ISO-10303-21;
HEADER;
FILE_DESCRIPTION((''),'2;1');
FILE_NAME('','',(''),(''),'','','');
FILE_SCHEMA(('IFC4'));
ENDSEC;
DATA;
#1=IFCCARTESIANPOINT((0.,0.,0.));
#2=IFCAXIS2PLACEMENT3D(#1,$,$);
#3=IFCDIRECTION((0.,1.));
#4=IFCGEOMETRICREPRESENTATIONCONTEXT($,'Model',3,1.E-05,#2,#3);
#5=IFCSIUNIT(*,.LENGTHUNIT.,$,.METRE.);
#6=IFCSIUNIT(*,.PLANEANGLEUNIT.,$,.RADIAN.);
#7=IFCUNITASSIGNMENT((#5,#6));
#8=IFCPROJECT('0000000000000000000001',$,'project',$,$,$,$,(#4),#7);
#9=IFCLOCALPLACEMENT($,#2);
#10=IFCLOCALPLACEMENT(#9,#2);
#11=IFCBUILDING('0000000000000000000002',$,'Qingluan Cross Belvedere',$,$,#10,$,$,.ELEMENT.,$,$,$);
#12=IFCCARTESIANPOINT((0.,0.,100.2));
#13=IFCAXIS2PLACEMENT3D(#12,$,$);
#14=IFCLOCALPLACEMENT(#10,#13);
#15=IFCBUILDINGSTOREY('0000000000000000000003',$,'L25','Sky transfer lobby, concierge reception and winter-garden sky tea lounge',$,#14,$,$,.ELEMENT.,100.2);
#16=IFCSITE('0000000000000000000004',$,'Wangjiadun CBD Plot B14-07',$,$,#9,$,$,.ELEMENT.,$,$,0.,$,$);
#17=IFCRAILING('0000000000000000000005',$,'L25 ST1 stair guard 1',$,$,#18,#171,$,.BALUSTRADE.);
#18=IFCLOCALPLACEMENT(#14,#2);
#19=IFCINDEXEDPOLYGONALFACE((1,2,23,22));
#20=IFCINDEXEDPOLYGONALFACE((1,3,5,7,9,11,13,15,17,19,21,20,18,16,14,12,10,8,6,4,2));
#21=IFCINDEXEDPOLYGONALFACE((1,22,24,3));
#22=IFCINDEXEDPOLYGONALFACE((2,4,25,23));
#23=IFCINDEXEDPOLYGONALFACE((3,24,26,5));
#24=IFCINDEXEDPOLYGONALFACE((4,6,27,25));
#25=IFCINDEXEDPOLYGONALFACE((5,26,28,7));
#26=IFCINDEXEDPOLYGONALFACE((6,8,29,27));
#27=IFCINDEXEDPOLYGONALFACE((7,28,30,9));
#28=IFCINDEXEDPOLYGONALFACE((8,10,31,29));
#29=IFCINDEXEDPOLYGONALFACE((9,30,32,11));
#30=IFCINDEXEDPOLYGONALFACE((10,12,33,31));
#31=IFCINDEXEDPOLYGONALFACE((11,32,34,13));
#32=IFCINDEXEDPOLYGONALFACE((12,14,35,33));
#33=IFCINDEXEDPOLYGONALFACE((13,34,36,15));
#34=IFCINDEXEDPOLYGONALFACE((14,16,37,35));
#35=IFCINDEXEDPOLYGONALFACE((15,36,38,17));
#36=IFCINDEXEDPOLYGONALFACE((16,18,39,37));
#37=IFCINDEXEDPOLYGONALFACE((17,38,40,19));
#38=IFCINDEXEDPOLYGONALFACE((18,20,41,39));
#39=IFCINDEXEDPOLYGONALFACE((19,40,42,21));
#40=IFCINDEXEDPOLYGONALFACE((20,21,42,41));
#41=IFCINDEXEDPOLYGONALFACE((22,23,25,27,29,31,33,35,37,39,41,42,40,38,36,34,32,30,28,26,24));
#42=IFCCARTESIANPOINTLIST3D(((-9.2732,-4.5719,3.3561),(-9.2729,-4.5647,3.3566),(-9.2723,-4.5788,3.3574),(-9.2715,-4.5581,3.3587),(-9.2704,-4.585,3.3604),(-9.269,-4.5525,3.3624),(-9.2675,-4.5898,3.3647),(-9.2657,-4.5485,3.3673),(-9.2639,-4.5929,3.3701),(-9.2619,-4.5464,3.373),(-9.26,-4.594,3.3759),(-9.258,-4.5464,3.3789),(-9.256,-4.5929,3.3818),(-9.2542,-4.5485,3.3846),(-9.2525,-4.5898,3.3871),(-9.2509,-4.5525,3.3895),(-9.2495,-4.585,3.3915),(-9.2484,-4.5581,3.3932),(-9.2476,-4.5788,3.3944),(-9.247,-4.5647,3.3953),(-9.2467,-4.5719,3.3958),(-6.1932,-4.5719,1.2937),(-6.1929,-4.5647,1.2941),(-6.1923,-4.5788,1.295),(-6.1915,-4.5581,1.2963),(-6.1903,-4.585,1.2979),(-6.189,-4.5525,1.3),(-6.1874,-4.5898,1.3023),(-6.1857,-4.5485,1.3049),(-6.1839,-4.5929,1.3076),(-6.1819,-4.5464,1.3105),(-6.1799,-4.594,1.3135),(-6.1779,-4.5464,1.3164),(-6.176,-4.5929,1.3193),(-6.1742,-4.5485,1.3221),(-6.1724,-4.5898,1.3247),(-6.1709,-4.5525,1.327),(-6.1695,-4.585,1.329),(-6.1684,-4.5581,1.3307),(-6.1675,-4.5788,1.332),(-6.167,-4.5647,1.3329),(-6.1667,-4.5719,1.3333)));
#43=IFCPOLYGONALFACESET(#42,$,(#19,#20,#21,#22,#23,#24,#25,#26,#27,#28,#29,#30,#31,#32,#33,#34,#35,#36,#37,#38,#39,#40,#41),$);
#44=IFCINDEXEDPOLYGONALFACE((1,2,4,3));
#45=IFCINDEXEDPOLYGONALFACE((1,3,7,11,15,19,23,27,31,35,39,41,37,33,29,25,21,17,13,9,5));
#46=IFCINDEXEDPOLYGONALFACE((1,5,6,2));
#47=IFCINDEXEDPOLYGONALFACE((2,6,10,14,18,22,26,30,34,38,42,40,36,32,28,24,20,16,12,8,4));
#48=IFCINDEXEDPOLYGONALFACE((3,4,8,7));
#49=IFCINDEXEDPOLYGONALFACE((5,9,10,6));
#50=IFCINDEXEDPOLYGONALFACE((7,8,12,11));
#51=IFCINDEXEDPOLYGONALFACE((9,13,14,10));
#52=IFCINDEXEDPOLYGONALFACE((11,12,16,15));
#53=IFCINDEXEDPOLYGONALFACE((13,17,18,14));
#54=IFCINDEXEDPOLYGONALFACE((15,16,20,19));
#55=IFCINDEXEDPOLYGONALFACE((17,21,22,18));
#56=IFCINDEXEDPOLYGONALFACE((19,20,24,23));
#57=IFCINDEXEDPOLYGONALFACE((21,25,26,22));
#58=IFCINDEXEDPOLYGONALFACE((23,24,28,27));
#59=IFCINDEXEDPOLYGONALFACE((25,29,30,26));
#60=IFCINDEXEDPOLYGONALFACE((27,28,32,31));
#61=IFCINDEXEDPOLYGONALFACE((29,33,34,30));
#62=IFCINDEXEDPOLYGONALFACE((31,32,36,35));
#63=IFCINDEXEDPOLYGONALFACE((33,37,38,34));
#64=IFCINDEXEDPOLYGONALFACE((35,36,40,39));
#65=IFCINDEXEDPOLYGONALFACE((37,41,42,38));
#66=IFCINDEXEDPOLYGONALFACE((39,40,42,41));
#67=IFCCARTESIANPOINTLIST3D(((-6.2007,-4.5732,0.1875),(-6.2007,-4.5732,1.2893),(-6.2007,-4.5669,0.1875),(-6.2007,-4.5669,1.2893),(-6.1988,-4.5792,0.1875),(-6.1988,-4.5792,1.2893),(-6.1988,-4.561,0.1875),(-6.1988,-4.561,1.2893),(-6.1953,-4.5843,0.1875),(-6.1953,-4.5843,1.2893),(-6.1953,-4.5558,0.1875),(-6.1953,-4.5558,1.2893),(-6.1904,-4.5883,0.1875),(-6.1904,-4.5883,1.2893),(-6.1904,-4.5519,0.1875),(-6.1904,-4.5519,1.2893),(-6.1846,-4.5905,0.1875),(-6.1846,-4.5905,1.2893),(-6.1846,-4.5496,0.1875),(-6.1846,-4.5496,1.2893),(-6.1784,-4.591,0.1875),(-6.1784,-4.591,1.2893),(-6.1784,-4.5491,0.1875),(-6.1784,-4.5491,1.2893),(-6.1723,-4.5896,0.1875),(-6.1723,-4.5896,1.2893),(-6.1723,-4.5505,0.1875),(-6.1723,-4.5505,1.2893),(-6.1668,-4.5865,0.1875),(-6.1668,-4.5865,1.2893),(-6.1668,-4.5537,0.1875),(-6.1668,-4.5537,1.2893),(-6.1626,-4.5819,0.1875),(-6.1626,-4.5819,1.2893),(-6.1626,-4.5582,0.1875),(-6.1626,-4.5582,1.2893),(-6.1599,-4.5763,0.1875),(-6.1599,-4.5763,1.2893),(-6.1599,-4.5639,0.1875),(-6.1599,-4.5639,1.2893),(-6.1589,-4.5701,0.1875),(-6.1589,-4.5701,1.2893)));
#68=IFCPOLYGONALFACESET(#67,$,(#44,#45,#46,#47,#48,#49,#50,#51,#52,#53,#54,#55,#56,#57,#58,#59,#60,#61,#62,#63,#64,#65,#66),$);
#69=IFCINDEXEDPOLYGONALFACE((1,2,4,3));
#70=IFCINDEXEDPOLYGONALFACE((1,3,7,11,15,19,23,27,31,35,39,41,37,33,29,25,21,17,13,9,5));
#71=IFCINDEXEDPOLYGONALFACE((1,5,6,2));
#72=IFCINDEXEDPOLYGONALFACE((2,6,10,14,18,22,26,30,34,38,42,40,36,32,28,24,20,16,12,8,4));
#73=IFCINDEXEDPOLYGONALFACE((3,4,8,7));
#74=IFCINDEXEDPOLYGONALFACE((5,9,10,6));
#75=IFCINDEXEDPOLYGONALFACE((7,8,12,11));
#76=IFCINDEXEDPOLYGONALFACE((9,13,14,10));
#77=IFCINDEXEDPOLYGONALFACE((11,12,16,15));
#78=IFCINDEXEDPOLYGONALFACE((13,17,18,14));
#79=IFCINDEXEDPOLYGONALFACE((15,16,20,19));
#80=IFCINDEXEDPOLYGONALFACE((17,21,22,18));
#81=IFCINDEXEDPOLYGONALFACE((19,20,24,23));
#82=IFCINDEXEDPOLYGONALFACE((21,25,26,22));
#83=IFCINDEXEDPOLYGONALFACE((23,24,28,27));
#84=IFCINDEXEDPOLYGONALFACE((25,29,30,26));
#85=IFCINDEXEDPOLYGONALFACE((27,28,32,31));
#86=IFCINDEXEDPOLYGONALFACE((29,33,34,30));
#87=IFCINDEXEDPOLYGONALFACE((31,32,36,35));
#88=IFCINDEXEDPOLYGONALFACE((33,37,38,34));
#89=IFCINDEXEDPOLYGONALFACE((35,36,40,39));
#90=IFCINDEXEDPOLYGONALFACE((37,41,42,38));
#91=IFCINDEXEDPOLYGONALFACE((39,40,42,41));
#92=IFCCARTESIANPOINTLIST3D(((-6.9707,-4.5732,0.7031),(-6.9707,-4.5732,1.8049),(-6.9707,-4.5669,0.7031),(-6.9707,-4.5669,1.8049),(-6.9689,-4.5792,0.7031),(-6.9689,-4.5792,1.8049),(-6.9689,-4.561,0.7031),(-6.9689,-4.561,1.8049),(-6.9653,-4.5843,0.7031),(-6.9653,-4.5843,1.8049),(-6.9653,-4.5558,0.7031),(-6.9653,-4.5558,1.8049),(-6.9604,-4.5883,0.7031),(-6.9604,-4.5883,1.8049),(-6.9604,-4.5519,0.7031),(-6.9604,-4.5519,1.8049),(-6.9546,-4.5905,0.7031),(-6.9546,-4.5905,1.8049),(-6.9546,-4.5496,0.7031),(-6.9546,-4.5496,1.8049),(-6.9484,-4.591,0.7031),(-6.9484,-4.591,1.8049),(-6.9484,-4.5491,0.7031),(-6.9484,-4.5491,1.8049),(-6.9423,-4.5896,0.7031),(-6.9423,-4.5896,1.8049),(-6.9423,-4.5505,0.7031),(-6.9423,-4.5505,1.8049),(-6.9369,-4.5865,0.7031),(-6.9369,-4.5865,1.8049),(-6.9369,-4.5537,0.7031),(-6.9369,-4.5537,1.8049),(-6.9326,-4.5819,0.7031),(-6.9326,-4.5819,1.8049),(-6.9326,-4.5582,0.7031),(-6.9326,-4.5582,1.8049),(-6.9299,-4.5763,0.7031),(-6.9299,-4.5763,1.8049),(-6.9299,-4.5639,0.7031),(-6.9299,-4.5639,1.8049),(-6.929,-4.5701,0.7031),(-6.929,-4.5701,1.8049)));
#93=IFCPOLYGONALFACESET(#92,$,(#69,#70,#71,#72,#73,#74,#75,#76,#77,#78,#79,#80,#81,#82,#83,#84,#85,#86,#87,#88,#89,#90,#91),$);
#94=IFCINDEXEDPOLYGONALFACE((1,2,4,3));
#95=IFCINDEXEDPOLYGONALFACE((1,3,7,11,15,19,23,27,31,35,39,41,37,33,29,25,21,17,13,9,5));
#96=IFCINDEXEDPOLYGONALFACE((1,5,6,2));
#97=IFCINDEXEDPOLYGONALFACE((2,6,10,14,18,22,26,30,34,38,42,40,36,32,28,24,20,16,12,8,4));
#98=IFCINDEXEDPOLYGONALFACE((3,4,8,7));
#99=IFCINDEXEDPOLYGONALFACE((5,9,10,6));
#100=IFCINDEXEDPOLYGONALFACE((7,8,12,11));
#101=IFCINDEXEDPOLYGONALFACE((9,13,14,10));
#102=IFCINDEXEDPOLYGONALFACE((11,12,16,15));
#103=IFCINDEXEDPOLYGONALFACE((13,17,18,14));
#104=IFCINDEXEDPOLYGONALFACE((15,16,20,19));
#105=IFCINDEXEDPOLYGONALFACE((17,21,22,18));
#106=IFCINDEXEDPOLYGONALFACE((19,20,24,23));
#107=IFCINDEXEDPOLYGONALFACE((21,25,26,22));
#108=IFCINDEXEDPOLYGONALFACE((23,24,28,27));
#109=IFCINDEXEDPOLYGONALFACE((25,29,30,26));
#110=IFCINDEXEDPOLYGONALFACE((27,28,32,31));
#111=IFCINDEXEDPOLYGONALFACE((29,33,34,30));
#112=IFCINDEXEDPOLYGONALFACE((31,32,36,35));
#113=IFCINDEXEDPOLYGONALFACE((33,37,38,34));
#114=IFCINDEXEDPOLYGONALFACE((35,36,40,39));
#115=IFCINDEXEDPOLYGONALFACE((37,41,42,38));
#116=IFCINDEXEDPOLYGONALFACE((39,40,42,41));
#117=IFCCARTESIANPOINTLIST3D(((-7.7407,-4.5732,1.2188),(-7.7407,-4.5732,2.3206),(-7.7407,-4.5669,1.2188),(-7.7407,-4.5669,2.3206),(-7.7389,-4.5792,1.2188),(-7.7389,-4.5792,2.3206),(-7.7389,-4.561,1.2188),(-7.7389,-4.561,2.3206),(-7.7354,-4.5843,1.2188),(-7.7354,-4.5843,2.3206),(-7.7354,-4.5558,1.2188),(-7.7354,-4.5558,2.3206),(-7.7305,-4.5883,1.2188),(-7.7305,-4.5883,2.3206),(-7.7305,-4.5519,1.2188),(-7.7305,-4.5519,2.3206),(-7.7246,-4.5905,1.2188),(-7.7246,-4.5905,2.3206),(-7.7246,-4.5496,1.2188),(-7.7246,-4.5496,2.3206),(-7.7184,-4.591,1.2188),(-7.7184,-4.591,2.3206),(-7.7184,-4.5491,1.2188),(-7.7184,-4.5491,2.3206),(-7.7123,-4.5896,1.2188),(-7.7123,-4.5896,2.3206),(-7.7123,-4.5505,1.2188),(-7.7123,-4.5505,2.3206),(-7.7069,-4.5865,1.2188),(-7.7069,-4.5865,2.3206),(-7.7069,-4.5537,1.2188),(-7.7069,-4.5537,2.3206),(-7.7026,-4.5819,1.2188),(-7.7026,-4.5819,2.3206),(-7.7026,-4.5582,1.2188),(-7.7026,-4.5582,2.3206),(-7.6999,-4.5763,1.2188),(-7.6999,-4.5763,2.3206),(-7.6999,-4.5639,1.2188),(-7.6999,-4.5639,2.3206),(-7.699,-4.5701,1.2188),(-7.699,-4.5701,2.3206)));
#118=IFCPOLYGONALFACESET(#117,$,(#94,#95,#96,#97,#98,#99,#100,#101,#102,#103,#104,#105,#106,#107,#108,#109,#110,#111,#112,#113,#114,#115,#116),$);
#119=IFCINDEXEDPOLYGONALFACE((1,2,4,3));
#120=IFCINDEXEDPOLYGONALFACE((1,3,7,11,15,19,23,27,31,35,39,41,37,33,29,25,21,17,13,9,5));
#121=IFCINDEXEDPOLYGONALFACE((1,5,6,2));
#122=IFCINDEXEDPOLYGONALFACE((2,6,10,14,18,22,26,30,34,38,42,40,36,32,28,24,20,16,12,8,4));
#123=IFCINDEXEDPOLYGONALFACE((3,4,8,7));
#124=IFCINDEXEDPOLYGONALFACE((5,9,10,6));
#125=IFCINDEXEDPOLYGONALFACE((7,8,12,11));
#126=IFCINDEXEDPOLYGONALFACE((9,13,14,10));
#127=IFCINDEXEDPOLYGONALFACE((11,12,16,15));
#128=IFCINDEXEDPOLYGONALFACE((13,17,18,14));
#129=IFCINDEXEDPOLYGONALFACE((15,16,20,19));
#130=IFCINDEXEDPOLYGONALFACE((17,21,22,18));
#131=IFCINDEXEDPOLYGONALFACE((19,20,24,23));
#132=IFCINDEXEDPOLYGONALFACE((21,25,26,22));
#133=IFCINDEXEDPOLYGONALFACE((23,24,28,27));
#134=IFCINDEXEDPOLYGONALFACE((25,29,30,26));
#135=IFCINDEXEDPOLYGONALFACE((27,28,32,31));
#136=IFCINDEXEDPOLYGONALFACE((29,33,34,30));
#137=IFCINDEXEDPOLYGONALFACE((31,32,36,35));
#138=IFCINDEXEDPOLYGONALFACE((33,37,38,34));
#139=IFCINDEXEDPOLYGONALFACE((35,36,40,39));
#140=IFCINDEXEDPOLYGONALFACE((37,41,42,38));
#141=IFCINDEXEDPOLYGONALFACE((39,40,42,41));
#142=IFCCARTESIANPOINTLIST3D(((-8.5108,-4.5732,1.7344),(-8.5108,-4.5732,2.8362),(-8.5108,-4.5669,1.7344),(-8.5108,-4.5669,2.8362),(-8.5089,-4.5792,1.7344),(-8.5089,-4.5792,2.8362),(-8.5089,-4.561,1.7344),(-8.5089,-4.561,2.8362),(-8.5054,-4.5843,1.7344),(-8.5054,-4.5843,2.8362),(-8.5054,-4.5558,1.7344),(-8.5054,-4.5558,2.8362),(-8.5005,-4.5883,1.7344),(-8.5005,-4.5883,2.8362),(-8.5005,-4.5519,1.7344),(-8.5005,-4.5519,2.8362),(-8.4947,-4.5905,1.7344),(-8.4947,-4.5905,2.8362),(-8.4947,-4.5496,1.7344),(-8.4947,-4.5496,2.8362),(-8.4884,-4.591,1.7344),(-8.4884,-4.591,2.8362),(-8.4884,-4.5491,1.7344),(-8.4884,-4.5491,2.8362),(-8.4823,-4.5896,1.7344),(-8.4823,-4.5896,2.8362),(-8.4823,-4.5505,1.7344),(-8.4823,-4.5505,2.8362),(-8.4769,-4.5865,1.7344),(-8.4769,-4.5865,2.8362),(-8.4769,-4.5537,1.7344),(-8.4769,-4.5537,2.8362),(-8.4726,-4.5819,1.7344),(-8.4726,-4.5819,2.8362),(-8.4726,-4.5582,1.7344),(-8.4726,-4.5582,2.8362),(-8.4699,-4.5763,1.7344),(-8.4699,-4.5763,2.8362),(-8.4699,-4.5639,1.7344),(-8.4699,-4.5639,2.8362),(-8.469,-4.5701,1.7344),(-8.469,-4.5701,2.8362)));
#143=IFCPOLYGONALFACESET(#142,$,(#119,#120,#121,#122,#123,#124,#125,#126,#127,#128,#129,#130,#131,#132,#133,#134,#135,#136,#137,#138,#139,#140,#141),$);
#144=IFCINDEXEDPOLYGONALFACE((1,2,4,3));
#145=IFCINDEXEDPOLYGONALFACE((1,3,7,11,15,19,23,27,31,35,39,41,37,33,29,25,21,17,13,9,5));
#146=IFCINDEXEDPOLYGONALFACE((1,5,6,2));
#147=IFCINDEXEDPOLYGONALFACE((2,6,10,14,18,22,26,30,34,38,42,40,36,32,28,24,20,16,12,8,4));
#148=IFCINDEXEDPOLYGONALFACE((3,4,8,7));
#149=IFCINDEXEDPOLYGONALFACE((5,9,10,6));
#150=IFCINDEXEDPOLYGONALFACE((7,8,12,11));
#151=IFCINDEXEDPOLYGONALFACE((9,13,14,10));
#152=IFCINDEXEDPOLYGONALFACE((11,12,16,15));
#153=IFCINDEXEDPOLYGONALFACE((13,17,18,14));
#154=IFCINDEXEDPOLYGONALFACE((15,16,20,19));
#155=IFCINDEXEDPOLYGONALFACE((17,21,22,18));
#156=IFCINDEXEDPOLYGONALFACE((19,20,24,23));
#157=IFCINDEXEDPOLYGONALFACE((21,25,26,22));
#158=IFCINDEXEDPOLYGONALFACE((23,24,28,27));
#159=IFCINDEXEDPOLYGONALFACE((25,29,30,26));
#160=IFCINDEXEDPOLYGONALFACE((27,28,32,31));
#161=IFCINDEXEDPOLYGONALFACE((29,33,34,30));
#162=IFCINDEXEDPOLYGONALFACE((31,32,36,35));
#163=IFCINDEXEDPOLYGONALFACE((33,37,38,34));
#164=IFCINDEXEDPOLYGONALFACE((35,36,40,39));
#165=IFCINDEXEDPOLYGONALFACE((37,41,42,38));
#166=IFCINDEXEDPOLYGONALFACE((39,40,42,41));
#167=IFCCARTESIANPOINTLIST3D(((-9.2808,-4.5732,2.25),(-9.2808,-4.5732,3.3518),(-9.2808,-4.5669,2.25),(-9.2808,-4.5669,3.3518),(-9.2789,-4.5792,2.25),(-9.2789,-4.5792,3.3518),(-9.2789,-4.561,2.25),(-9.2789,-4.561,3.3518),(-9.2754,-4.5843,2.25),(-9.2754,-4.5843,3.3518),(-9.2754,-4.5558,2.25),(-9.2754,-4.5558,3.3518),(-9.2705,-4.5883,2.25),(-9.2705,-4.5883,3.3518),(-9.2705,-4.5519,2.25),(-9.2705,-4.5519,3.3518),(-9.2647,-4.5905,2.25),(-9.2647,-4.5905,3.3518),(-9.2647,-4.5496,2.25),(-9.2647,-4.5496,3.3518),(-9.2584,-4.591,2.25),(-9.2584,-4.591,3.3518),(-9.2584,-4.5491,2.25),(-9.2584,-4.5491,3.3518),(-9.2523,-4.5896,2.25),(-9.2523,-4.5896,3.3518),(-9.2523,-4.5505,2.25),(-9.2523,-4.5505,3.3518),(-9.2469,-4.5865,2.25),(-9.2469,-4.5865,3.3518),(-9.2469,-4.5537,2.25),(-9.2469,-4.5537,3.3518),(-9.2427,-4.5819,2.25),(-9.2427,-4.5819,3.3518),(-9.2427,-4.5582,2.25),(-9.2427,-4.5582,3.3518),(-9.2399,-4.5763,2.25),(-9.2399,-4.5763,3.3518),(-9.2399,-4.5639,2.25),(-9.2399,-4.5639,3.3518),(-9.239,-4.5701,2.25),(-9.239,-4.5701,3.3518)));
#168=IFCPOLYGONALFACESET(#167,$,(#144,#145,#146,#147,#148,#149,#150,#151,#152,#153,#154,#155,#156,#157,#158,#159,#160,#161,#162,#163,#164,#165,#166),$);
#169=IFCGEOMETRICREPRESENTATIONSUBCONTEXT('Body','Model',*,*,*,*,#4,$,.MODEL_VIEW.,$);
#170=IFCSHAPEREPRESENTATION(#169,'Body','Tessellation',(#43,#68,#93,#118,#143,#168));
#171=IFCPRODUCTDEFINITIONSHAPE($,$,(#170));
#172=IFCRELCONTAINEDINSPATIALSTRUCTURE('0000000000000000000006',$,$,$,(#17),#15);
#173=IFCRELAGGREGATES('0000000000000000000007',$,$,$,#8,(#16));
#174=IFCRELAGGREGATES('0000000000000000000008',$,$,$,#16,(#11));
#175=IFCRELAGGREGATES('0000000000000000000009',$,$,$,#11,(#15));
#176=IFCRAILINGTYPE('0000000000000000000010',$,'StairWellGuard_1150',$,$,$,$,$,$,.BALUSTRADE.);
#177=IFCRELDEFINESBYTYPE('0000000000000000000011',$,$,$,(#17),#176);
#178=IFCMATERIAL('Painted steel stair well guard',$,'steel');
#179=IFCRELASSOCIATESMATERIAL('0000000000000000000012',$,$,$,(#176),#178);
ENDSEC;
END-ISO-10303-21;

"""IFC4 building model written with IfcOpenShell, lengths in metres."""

from ifc_helpers import new_model, si_unit, direction, frame, origin, origin_2d, place, context, subcontext, project, spatial, circle, extrude, material, type_object, element, save


model = new_model("IFC4")

# Units and contexts
model_context = context("Model", 3, precision=1e-05, world=origin(), true_north=direction((0.0, 1.0)))
body_context = subcontext(model_context, "Body", "Model", "MODEL_VIEW")
ifc_project = project(units=[si_unit("LENGTHUNIT", "METRE"), si_unit("PLANEANGLEUNIT", "RADIAN")], contexts=[model_context])

# Site, building, storey
site_placement = place(None, origin())
site = spatial("IfcSite", under=ifc_project, at=site_placement, Name="Wangjiadun CBD Plot B14-07", CompositionType="ELEMENT", RefElevation=0.0)
building_placement = place(site_placement, origin())
building = spatial("IfcBuilding", under=site, at=building_placement, Name="Qingluan Cross Belvedere", CompositionType="ELEMENT")
storey_placement = place(building_placement, frame((0.0, 0.0, 100.2)))
storey = spatial("IfcBuildingStorey", under=building, at=storey_placement, Name="L25", Description="Sky transfer lobby, concierge reception and winter-garden sky tea lounge", CompositionType="ELEMENT", Elevation=100.2)

# Railing
ifc_material_1 = material(Name="Painted steel stair well guard", Category="steel")
railing_type_1 = type_object("IfcRailingType", Name="StairWellGuard_1150", PredefinedType="BALUSTRADE", material=ifc_material_1)
railing_1_placement = place(storey_placement, frame((-6.1799, -4.5701, 0.1875)))
element("IfcRailing", 1, at=railing_1_placement, inside=storey, type_object=railing_type_1, Name="L25 ST1 stair guard 1", PredefinedType="BALUSTRADE", context=body_context, shape_type="SweptSolid", body=[
    extrude(circle(Radius=0.0239, at=origin_2d()), frame((0.0, 0.0, 1.126), z_axis=(-0.830914, 0.0, 0.556401), x_axis=(0.0, -1.0, 0.0)), (0.0, 0.0, 1.0), 3.7068),
    extrude(circle(Radius=0.021, at=origin_2d()), origin(), (0.0, 0.0, 1.0), 1.1018),
    extrude(circle(Radius=0.021, at=origin_2d()), frame((-0.77, 0.0, 0.5156)), (0.0, 0.0, 1.0), 1.1018),
    extrude(circle(Radius=0.021, at=origin_2d()), frame((-1.54, 0.0, 1.0312)), (0.0, 0.0, 1.0), 1.1018),
    extrude(circle(Radius=0.021, at=origin_2d()), frame((-2.3101, 0.0, 1.5469)), (0.0, 0.0, 1.0), 1.1018),
    extrude(circle(Radius=0.021, at=origin_2d()), frame((-3.0801, 0.0, 2.0625)), (0.0, 0.0, 1.0), 1.1018),
])

save(model, "model.ifc")
